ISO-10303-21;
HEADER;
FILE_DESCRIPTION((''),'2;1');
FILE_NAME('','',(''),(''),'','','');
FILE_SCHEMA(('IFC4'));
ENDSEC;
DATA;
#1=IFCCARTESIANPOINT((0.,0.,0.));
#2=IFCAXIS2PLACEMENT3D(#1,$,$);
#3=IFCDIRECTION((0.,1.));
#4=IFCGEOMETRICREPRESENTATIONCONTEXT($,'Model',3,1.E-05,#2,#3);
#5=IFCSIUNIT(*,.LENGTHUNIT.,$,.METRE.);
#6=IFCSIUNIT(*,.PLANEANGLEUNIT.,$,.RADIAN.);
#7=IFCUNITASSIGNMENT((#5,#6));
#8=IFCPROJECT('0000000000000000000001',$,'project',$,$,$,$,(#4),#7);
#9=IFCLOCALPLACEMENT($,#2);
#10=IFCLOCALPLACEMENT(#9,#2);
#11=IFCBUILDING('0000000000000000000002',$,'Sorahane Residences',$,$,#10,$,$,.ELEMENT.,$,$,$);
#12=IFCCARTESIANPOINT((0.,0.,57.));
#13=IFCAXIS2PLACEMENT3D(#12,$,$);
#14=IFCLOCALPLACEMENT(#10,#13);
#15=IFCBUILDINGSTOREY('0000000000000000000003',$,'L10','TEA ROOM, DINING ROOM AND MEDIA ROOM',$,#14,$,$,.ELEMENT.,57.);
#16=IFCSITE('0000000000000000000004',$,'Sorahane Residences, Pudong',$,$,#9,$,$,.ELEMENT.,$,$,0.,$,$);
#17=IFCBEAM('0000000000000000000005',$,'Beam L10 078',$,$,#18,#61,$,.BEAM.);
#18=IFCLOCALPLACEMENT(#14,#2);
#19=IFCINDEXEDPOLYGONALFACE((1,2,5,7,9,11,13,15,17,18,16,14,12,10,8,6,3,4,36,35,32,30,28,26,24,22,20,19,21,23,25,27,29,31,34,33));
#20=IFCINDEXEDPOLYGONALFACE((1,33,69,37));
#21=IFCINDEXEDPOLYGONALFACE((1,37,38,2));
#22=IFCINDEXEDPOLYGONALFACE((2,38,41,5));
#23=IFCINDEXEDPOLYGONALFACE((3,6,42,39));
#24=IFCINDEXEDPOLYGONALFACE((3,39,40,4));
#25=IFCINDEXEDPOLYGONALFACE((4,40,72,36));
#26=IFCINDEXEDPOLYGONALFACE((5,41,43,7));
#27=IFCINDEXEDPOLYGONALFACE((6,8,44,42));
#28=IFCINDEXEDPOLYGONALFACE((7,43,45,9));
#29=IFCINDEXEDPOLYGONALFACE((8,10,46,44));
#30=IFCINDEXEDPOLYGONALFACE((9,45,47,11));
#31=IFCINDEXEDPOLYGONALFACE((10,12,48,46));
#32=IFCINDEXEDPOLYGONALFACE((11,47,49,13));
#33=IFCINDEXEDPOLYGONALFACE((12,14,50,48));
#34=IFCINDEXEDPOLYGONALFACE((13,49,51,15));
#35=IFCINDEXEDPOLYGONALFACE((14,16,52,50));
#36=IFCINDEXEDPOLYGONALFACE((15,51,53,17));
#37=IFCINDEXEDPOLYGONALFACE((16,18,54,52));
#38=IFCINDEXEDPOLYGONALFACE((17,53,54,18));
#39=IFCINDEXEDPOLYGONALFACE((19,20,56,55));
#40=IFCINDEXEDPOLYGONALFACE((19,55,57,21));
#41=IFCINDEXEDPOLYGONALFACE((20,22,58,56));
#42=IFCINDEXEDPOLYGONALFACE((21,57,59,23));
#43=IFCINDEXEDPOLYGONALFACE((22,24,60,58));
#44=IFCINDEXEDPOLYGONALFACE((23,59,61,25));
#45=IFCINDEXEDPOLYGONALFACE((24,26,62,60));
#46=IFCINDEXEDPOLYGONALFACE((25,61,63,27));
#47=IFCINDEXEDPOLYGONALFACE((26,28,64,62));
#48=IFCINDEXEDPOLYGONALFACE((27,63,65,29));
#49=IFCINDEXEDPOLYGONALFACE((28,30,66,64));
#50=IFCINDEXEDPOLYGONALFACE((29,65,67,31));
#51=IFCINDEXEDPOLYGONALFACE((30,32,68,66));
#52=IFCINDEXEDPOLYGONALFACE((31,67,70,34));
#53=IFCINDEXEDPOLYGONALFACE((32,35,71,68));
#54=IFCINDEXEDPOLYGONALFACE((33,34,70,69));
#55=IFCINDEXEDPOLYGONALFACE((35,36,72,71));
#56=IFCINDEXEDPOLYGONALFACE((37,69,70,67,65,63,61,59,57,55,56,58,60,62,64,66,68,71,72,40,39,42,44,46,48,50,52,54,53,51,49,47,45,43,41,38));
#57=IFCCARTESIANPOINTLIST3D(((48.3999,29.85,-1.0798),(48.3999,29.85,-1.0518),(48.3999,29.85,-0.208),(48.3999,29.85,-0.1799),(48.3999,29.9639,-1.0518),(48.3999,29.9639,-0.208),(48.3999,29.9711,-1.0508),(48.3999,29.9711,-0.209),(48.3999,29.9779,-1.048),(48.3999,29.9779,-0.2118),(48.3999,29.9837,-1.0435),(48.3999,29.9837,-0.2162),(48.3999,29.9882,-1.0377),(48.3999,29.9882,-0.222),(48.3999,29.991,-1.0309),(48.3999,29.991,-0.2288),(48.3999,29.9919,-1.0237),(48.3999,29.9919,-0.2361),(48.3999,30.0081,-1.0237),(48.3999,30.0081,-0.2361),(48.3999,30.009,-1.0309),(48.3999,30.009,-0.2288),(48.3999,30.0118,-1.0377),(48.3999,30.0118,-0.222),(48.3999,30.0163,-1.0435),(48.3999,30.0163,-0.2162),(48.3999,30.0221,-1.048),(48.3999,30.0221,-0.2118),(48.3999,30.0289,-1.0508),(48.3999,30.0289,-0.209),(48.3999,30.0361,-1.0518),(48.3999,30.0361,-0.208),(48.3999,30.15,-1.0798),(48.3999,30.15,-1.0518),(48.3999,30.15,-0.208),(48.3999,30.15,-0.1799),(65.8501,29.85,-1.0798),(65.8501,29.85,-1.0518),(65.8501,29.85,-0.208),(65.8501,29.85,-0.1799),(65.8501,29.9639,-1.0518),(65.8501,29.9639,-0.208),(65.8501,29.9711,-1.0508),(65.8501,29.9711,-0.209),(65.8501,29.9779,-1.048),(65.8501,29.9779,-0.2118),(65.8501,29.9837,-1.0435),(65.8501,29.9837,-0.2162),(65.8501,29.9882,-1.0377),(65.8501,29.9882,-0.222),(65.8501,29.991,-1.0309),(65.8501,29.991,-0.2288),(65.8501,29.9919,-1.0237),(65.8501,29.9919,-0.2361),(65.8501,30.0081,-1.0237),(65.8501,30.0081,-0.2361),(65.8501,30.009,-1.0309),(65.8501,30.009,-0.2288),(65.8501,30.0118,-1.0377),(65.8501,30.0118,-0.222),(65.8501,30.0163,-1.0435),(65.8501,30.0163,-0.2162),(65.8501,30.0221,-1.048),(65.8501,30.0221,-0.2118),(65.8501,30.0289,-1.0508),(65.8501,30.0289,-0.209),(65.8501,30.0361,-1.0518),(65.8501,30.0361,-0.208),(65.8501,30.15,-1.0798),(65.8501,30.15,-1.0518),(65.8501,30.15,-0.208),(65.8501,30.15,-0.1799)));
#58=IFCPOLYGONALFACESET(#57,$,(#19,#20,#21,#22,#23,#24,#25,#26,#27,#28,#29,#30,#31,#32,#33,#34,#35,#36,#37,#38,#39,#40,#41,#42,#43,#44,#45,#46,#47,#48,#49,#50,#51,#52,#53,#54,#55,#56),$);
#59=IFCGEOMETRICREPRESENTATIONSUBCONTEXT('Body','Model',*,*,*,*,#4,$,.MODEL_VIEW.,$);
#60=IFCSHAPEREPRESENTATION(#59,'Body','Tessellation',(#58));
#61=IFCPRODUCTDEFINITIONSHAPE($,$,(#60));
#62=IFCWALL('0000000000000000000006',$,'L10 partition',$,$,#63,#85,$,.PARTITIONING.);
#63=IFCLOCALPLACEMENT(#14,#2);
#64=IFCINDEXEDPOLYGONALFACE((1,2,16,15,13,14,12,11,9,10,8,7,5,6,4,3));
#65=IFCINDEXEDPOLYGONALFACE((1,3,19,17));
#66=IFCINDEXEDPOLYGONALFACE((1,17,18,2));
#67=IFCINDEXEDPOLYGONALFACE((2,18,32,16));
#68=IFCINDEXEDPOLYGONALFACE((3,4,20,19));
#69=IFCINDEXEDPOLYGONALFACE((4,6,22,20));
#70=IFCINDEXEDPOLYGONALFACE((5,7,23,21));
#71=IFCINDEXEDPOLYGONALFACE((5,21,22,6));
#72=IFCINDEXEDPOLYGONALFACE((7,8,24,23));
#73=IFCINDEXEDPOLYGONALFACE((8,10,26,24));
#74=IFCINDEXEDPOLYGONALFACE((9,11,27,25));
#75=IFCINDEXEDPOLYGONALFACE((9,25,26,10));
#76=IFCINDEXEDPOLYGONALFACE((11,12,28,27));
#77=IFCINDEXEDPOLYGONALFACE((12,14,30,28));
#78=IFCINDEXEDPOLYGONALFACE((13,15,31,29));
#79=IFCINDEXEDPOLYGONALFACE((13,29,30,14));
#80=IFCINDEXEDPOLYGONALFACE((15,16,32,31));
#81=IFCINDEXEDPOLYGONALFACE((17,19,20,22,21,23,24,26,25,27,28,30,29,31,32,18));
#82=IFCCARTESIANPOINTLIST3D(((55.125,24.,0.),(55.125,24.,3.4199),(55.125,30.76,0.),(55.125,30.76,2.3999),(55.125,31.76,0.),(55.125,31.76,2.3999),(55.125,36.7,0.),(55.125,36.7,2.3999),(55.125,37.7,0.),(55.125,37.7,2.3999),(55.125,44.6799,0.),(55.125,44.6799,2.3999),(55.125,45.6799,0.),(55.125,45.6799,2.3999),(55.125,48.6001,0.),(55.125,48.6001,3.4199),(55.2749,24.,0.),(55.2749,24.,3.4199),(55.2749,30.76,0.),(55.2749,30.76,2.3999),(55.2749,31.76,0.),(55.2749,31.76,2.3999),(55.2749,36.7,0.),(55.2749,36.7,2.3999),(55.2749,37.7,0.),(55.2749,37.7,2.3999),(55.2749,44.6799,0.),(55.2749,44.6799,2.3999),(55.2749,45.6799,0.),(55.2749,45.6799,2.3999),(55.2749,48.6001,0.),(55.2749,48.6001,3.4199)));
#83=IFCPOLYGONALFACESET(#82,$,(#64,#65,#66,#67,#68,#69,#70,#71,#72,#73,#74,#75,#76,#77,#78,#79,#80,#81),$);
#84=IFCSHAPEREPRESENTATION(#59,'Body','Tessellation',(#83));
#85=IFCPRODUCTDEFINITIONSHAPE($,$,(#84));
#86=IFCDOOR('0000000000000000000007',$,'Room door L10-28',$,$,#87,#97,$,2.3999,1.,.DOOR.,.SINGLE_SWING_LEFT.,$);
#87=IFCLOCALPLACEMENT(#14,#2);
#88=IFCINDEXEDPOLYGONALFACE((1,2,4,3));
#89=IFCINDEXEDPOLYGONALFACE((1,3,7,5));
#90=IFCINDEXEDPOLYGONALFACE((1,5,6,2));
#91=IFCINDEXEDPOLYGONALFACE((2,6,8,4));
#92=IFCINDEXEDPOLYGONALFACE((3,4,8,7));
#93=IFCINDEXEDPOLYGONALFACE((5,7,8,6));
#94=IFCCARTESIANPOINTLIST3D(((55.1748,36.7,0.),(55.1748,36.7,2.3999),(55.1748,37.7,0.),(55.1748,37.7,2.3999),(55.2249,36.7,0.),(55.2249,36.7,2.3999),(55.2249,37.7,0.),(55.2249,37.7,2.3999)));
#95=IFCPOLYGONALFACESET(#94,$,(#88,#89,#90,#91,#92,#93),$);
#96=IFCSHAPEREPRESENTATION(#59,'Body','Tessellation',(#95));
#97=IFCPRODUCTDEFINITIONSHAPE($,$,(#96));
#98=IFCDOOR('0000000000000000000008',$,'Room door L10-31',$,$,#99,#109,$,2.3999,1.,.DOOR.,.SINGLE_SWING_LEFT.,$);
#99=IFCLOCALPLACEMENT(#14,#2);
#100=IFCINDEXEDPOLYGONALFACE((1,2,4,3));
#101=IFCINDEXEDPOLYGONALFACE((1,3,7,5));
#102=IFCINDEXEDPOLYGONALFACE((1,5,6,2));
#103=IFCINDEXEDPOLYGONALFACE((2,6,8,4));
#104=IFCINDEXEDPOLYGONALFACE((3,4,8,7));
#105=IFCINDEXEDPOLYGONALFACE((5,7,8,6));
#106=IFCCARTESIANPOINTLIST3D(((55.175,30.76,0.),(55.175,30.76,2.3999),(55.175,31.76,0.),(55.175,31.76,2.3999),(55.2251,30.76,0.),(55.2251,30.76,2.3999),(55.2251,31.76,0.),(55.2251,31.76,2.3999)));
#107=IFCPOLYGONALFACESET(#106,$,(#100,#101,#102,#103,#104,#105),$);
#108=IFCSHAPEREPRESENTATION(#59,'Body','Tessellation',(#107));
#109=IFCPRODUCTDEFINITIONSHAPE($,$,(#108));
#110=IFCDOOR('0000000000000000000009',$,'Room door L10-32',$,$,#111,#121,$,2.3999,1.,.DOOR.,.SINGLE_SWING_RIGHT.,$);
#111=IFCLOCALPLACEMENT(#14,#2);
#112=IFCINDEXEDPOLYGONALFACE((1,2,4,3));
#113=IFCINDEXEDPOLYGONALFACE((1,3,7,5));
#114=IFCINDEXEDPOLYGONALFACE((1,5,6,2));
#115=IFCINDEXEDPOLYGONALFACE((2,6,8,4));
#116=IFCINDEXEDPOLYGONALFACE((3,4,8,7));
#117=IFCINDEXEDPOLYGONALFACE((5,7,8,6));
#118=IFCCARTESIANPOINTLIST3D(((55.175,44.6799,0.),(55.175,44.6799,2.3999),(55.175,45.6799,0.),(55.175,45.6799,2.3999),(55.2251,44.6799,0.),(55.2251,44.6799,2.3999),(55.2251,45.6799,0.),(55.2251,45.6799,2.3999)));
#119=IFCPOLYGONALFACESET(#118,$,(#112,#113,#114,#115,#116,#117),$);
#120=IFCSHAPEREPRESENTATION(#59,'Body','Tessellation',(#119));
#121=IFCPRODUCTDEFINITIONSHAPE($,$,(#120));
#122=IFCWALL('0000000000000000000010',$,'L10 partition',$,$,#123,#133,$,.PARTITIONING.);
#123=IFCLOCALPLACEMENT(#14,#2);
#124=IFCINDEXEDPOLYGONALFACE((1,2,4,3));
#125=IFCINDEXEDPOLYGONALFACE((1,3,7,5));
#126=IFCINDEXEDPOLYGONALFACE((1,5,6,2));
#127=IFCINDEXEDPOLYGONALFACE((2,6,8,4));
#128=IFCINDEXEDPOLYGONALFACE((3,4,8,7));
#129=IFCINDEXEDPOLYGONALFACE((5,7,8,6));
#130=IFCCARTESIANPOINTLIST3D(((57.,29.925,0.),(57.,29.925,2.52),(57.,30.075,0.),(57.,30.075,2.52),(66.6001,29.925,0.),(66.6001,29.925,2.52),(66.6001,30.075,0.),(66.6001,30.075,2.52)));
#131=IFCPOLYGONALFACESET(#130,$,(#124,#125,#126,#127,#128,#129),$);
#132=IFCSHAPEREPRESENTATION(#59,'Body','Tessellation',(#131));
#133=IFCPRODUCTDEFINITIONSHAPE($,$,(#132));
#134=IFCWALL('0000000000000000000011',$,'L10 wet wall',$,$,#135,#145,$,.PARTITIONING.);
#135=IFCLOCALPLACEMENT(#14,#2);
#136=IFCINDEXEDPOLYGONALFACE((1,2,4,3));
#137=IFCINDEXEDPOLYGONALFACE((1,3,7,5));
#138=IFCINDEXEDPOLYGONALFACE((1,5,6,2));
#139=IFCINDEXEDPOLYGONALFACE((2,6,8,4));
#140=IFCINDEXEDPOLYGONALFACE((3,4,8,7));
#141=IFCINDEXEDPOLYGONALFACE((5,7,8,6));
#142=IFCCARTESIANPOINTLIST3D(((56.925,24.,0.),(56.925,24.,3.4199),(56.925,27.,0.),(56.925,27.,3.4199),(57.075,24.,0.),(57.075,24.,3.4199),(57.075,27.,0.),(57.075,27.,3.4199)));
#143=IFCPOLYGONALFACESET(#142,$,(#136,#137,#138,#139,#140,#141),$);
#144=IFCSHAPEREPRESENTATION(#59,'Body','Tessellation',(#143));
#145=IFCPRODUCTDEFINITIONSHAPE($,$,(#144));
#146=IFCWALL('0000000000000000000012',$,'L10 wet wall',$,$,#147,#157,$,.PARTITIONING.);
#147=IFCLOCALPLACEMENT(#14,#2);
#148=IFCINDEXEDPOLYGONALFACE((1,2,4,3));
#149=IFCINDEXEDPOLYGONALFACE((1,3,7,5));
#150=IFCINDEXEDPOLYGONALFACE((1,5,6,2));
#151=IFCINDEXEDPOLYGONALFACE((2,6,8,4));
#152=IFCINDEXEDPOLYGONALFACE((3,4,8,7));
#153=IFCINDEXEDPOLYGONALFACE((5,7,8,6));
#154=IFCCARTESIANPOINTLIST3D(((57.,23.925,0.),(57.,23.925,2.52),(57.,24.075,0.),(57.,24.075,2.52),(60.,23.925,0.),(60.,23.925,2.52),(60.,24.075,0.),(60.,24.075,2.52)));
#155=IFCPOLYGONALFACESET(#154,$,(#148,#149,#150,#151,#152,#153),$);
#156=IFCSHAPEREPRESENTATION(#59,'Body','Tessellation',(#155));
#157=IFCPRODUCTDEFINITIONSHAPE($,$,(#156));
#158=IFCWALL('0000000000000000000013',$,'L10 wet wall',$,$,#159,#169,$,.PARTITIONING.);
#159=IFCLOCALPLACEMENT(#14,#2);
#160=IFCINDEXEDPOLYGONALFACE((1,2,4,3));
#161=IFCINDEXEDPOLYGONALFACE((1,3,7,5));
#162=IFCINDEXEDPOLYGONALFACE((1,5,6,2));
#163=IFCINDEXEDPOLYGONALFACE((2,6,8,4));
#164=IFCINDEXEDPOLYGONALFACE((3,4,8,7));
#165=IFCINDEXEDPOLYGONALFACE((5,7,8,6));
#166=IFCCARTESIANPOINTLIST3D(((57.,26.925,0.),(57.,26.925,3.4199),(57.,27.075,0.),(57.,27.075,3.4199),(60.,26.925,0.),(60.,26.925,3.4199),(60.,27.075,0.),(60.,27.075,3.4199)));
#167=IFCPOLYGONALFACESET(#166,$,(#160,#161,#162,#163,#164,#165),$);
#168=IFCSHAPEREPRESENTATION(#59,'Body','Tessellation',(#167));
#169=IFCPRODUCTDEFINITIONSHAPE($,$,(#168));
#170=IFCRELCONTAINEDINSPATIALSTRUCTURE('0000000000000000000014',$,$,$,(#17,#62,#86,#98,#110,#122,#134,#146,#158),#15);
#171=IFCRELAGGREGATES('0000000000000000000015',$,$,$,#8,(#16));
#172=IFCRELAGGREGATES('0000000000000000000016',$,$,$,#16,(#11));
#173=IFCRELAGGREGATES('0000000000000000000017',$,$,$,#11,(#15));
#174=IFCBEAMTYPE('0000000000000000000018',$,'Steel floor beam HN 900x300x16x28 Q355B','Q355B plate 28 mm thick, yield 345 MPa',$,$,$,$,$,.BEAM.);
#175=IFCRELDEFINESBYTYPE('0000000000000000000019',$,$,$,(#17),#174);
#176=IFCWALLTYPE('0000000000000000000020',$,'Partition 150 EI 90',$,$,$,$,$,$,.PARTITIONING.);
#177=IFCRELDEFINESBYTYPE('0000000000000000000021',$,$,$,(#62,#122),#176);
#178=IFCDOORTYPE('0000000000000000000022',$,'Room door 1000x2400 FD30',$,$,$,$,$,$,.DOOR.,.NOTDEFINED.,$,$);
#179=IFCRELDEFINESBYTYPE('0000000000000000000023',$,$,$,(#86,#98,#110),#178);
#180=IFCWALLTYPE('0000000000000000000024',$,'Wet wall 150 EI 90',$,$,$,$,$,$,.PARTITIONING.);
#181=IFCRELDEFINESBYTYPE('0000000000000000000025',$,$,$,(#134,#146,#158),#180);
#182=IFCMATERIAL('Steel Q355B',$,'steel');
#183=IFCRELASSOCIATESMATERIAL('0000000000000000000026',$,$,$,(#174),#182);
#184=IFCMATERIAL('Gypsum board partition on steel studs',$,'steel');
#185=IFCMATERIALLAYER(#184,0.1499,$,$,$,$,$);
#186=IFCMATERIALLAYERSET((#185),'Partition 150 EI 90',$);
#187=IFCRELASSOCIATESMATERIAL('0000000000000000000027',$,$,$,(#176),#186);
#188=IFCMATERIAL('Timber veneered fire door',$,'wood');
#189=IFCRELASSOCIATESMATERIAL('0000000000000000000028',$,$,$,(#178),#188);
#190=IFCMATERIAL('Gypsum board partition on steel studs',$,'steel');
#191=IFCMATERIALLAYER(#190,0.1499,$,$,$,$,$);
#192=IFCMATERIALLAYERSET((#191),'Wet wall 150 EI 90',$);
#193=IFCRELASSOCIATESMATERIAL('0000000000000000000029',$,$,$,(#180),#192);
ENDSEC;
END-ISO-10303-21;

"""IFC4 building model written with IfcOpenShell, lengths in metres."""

from ifc_helpers import new_model, si_unit, direction, frame, frame_2d, origin, origin_2d, place, context, subcontext, project, spatial, rectangle, i_section, extrude, material, layer, layer_set, material_profile, profile_set, type_object, element, fill, save


model = new_model("IFC4")

# Units and contexts
model_context = context("Model", 3, precision=1e-05, world=origin(), true_north=direction((0.0, 1.0)))
body_context = subcontext(model_context, "Body", "Model", "MODEL_VIEW")
ifc_project = project(units=[si_unit("LENGTHUNIT", "METRE"), si_unit("PLANEANGLEUNIT", "RADIAN")], contexts=[model_context])

# Site, building, storey
site_placement = place(None, origin())
site = spatial("IfcSite", under=ifc_project, at=site_placement, Name="Sorahane Residences, Pudong", CompositionType="ELEMENT", RefElevation=0.0)
building_placement = place(site_placement, origin())
building = spatial("IfcBuilding", under=site, at=building_placement, Name="Sorahane Residences", CompositionType="ELEMENT")
storey_placement = place(building_placement, frame((0.0, 0.0, 57.0)))
storey = spatial("IfcBuildingStorey", under=building, at=storey_placement, Name="L10", Description="TEA ROOM, DINING ROOM AND MEDIA ROOM", CompositionType="ELEMENT", Elevation=57.0)

# Beam
ifc_material_1 = material(Name="Steel Q355B", Category="steel")
ifc_material_profile_1 = material_profile(ifc_material_1, i_section(OverallWidth=0.3, OverallDepth=0.8999, WebThickness=0.0161, FlangeThickness=0.0281, FilletRadius=0.0281, at=origin_2d()), Name="HN 900x300x16x28")
ifc_profile_set_1 = profile_set([ifc_material_profile_1], Name="Steel Q355B")
beam_type_1 = type_object("IfcBeamType", Name="Steel floor beam HN 900x300x16x28 Q355B", Description="Q355B plate 28 mm thick, yield 345 MPa", PredefinedType="BEAM", material=ifc_profile_set_1)
beam_1_placement = place(storey_placement, frame((48.3999, 30.0, -0.6299), z_axis=(1.0, 0.0, 0.0), x_axis=(0.0, 1.0, 0.0)))
element("IfcBeam", 1, at=beam_1_placement, inside=storey, type_object=beam_type_1, Name="Beam L10 078", PredefinedType="BEAM", context=body_context, shape_type="SweptSolid", body=[
    extrude(i_section(OverallWidth=0.3, OverallDepth=0.8999, WebThickness=0.0161, FlangeThickness=0.0281, FilletRadius=0.0281, at=origin_2d()), origin(), (0.0, 0.0, 1.0), 17.4502),
])

# Wall, openings, doors
ifc_material_2 = material(Name="Gypsum board partition on steel studs", Category="steel")
ifc_layer_1 = layer(ifc_material_2, 0.1499)
ifc_layer_set_1 = layer_set([ifc_layer_1], Name="Partition 150 EI 90")
wall_type_1 = type_object("IfcWallType", Name="Partition 150 EI 90", PredefinedType="PARTITIONING", material=ifc_layer_set_1)
wall_1_placement = place(storey_placement, frame((55.2, 24.0, 0.0), z_axis=(0.0, 0.0, 1.0), x_axis=(0.0, 1.0, 0.0)))
wall_1 = element("IfcWall", 2, at=wall_1_placement, inside=storey, type_object=wall_type_1, Name="L10 partition", PredefinedType="PARTITIONING", context=body_context, shape_type="SweptSolid", body=[
    extrude(rectangle(XDim=24.6001, YDim=0.1499, at=frame_2d((12.3, 0.0))), origin(), (0.0, 0.0, 1.0), 3.4199),
])
opening_1_placement = place(wall_1_placement, frame((12.7, 0.0, 0.0)))
opening_1 = element("IfcOpeningElement", 3, at=opening_1_placement, cuts=wall_1, PredefinedType="OPENING", context=body_context, shape_type="SweptSolid", body=[
    extrude(rectangle(XDim=1.0, YDim=2.3999, at=frame_2d((0.5, 1.2))), frame((0.0, 0.085, 0.0), z_axis=(0.0, -1.0, 0.0), x_axis=(1.0, 0.0, 0.0)), (0.0, 0.0, 1.0), 0.1699),
])
opening_2_placement = place(wall_1_placement, frame((6.76, 0.0, 0.0)))
opening_2 = element("IfcOpeningElement", 4, at=opening_2_placement, cuts=wall_1, PredefinedType="OPENING", context=body_context, shape_type="SweptSolid", body=[
    extrude(rectangle(XDim=1.0, YDim=2.3999, at=frame_2d((0.5, 1.2))), frame((0.0, 0.085, 0.0), z_axis=(0.0, -1.0, 0.0), x_axis=(1.0, 0.0, 0.0)), (0.0, 0.0, 1.0), 0.1699),
])
opening_3_placement = place(wall_1_placement, frame((20.6799, 0.0, 0.0)))
opening_3 = element("IfcOpeningElement", 5, at=opening_3_placement, cuts=wall_1, PredefinedType="OPENING", context=body_context, shape_type="SweptSolid", body=[
    extrude(rectangle(XDim=1.0, YDim=2.3999, at=frame_2d((0.5, 1.2))), frame((0.0, 0.085, 0.0), z_axis=(0.0, -1.0, 0.0), x_axis=(1.0, 0.0, 0.0)), (0.0, 0.0, 1.0), 0.1699),
])
ifc_material_3 = material(Name="Timber veneered fire door", Category="wood")
door_type_1 = type_object("IfcDoorType", Name="Room door 1000x2400 FD30", OperationType="NOTDEFINED", PredefinedType="DOOR", material=ifc_material_3)
door_1_placement = place(opening_1_placement, frame((1.0, 0.0, 0.0), z_axis=(0.0, 0.0, 1.0), x_axis=(-1.0, 0.0, 0.0)))
door_1 = element("IfcDoor", 6, at=door_1_placement, inside=storey, type_object=door_type_1, Name="Room door L10-28", OperationType="SINGLE_SWING_LEFT", OverallHeight=2.3999, OverallWidth=1.0, PredefinedType="DOOR", context=body_context, shape_type="SweptSolid", body=[
    extrude(rectangle(XDim=1.0, YDim=2.3999, at=frame_2d((0.5, 1.2))), frame((0.0, 0.0249, 0.0), z_axis=(0.0, -1.0, 0.0), x_axis=(1.0, 0.0, 0.0)), (0.0, 0.0, 1.0), 0.05),
])
fill(opening_1, door_1)
door_2_placement = place(opening_2_placement, origin())
door_2 = element("IfcDoor", 7, at=door_2_placement, inside=storey, type_object=door_type_1, Name="Room door L10-31", OperationType="SINGLE_SWING_LEFT", OverallHeight=2.3999, OverallWidth=1.0, PredefinedType="DOOR", context=body_context, shape_type="SweptSolid", body=[
    extrude(rectangle(XDim=1.0, YDim=2.3999, at=frame_2d((0.5, 1.2))), frame((0.0, 0.0249, 0.0), z_axis=(0.0, -1.0, 0.0), x_axis=(1.0, 0.0, 0.0)), (0.0, 0.0, 1.0), 0.05),
])
fill(opening_2, door_2)
door_3_placement = place(opening_3_placement, origin())
door_3 = element("IfcDoor", 8, at=door_3_placement, inside=storey, type_object=door_type_1, Name="Room door L10-32", OperationType="SINGLE_SWING_RIGHT", OverallHeight=2.3999, OverallWidth=1.0, PredefinedType="DOOR", context=body_context, shape_type="SweptSolid", body=[
    extrude(rectangle(XDim=1.0, YDim=2.3999, at=frame_2d((0.5, 1.2))), frame((0.0, 0.0249, 0.0), z_axis=(0.0, -1.0, 0.0), x_axis=(1.0, 0.0, 0.0)), (0.0, 0.0, 1.0), 0.05),
])
fill(opening_3, door_3)

# Walls
wall_2_placement = place(storey_placement, frame((57.0, 30.0, 0.0), z_axis=(0.0, 0.0, 1.0), x_axis=(1.0, 0.0, 0.0)))
element("IfcWall", 9, at=wall_2_placement, inside=storey, type_object=wall_type_1, Name="L10 partition", PredefinedType="PARTITIONING", context=body_context, shape_type="SweptSolid", body=[
    extrude(rectangle(XDim=9.6001, YDim=0.1499, at=frame_2d((4.8, 0.0))), origin(), (0.0, 0.0, 1.0), 2.52),
])
ifc_material_4 = material(Name="Gypsum board partition on steel studs", Category="steel")
ifc_layer_2 = layer(ifc_material_4, 0.1499)
ifc_layer_set_2 = layer_set([ifc_layer_2], Name="Wet wall 150 EI 90")
wall_type_2 = type_object("IfcWallType", Name="Wet wall 150 EI 90", PredefinedType="PARTITIONING", material=ifc_layer_set_2)
wall_3_placement = place(storey_placement, frame((57.0, 24.0, 0.0), z_axis=(0.0, 0.0, 1.0), x_axis=(0.0, 1.0, 0.0)))
element("IfcWall", 10, at=wall_3_placement, inside=storey, type_object=wall_type_2, Name="L10 wet wall", PredefinedType="PARTITIONING", context=body_context, shape_type="SweptSolid", body=[
    extrude(rectangle(XDim=3.0, YDim=0.1499, at=frame_2d((1.5, 0.0))), origin(), (0.0, 0.0, 1.0), 3.4199),
])
wall_4_placement = place(storey_placement, frame((57.0, 24.0, 0.0), z_axis=(0.0, 0.0, 1.0), x_axis=(1.0, 0.0, 0.0)))
element("IfcWall", 11, at=wall_4_placement, inside=storey, type_object=wall_type_2, Name="L10 wet wall", PredefinedType="PARTITIONING", context=body_context, shape_type="SweptSolid", body=[
    extrude(rectangle(XDim=3.0, YDim=0.1499, at=frame_2d((1.5, 0.0))), origin(), (0.0, 0.0, 1.0), 2.52),
])
wall_5_placement = place(storey_placement, frame((57.0, 27.0, 0.0), z_axis=(0.0, 0.0, 1.0), x_axis=(1.0, 0.0, 0.0)))
element("IfcWall", 12, at=wall_5_placement, inside=storey, type_object=wall_type_2, Name="L10 wet wall", PredefinedType="PARTITIONING", context=body_context, shape_type="SweptSolid", body=[
    extrude(rectangle(XDim=3.0, YDim=0.1499, at=frame_2d((1.5, 0.0))), origin(), (0.0, 0.0, 1.0), 3.4199),
])

save(model, "model.ifc")
